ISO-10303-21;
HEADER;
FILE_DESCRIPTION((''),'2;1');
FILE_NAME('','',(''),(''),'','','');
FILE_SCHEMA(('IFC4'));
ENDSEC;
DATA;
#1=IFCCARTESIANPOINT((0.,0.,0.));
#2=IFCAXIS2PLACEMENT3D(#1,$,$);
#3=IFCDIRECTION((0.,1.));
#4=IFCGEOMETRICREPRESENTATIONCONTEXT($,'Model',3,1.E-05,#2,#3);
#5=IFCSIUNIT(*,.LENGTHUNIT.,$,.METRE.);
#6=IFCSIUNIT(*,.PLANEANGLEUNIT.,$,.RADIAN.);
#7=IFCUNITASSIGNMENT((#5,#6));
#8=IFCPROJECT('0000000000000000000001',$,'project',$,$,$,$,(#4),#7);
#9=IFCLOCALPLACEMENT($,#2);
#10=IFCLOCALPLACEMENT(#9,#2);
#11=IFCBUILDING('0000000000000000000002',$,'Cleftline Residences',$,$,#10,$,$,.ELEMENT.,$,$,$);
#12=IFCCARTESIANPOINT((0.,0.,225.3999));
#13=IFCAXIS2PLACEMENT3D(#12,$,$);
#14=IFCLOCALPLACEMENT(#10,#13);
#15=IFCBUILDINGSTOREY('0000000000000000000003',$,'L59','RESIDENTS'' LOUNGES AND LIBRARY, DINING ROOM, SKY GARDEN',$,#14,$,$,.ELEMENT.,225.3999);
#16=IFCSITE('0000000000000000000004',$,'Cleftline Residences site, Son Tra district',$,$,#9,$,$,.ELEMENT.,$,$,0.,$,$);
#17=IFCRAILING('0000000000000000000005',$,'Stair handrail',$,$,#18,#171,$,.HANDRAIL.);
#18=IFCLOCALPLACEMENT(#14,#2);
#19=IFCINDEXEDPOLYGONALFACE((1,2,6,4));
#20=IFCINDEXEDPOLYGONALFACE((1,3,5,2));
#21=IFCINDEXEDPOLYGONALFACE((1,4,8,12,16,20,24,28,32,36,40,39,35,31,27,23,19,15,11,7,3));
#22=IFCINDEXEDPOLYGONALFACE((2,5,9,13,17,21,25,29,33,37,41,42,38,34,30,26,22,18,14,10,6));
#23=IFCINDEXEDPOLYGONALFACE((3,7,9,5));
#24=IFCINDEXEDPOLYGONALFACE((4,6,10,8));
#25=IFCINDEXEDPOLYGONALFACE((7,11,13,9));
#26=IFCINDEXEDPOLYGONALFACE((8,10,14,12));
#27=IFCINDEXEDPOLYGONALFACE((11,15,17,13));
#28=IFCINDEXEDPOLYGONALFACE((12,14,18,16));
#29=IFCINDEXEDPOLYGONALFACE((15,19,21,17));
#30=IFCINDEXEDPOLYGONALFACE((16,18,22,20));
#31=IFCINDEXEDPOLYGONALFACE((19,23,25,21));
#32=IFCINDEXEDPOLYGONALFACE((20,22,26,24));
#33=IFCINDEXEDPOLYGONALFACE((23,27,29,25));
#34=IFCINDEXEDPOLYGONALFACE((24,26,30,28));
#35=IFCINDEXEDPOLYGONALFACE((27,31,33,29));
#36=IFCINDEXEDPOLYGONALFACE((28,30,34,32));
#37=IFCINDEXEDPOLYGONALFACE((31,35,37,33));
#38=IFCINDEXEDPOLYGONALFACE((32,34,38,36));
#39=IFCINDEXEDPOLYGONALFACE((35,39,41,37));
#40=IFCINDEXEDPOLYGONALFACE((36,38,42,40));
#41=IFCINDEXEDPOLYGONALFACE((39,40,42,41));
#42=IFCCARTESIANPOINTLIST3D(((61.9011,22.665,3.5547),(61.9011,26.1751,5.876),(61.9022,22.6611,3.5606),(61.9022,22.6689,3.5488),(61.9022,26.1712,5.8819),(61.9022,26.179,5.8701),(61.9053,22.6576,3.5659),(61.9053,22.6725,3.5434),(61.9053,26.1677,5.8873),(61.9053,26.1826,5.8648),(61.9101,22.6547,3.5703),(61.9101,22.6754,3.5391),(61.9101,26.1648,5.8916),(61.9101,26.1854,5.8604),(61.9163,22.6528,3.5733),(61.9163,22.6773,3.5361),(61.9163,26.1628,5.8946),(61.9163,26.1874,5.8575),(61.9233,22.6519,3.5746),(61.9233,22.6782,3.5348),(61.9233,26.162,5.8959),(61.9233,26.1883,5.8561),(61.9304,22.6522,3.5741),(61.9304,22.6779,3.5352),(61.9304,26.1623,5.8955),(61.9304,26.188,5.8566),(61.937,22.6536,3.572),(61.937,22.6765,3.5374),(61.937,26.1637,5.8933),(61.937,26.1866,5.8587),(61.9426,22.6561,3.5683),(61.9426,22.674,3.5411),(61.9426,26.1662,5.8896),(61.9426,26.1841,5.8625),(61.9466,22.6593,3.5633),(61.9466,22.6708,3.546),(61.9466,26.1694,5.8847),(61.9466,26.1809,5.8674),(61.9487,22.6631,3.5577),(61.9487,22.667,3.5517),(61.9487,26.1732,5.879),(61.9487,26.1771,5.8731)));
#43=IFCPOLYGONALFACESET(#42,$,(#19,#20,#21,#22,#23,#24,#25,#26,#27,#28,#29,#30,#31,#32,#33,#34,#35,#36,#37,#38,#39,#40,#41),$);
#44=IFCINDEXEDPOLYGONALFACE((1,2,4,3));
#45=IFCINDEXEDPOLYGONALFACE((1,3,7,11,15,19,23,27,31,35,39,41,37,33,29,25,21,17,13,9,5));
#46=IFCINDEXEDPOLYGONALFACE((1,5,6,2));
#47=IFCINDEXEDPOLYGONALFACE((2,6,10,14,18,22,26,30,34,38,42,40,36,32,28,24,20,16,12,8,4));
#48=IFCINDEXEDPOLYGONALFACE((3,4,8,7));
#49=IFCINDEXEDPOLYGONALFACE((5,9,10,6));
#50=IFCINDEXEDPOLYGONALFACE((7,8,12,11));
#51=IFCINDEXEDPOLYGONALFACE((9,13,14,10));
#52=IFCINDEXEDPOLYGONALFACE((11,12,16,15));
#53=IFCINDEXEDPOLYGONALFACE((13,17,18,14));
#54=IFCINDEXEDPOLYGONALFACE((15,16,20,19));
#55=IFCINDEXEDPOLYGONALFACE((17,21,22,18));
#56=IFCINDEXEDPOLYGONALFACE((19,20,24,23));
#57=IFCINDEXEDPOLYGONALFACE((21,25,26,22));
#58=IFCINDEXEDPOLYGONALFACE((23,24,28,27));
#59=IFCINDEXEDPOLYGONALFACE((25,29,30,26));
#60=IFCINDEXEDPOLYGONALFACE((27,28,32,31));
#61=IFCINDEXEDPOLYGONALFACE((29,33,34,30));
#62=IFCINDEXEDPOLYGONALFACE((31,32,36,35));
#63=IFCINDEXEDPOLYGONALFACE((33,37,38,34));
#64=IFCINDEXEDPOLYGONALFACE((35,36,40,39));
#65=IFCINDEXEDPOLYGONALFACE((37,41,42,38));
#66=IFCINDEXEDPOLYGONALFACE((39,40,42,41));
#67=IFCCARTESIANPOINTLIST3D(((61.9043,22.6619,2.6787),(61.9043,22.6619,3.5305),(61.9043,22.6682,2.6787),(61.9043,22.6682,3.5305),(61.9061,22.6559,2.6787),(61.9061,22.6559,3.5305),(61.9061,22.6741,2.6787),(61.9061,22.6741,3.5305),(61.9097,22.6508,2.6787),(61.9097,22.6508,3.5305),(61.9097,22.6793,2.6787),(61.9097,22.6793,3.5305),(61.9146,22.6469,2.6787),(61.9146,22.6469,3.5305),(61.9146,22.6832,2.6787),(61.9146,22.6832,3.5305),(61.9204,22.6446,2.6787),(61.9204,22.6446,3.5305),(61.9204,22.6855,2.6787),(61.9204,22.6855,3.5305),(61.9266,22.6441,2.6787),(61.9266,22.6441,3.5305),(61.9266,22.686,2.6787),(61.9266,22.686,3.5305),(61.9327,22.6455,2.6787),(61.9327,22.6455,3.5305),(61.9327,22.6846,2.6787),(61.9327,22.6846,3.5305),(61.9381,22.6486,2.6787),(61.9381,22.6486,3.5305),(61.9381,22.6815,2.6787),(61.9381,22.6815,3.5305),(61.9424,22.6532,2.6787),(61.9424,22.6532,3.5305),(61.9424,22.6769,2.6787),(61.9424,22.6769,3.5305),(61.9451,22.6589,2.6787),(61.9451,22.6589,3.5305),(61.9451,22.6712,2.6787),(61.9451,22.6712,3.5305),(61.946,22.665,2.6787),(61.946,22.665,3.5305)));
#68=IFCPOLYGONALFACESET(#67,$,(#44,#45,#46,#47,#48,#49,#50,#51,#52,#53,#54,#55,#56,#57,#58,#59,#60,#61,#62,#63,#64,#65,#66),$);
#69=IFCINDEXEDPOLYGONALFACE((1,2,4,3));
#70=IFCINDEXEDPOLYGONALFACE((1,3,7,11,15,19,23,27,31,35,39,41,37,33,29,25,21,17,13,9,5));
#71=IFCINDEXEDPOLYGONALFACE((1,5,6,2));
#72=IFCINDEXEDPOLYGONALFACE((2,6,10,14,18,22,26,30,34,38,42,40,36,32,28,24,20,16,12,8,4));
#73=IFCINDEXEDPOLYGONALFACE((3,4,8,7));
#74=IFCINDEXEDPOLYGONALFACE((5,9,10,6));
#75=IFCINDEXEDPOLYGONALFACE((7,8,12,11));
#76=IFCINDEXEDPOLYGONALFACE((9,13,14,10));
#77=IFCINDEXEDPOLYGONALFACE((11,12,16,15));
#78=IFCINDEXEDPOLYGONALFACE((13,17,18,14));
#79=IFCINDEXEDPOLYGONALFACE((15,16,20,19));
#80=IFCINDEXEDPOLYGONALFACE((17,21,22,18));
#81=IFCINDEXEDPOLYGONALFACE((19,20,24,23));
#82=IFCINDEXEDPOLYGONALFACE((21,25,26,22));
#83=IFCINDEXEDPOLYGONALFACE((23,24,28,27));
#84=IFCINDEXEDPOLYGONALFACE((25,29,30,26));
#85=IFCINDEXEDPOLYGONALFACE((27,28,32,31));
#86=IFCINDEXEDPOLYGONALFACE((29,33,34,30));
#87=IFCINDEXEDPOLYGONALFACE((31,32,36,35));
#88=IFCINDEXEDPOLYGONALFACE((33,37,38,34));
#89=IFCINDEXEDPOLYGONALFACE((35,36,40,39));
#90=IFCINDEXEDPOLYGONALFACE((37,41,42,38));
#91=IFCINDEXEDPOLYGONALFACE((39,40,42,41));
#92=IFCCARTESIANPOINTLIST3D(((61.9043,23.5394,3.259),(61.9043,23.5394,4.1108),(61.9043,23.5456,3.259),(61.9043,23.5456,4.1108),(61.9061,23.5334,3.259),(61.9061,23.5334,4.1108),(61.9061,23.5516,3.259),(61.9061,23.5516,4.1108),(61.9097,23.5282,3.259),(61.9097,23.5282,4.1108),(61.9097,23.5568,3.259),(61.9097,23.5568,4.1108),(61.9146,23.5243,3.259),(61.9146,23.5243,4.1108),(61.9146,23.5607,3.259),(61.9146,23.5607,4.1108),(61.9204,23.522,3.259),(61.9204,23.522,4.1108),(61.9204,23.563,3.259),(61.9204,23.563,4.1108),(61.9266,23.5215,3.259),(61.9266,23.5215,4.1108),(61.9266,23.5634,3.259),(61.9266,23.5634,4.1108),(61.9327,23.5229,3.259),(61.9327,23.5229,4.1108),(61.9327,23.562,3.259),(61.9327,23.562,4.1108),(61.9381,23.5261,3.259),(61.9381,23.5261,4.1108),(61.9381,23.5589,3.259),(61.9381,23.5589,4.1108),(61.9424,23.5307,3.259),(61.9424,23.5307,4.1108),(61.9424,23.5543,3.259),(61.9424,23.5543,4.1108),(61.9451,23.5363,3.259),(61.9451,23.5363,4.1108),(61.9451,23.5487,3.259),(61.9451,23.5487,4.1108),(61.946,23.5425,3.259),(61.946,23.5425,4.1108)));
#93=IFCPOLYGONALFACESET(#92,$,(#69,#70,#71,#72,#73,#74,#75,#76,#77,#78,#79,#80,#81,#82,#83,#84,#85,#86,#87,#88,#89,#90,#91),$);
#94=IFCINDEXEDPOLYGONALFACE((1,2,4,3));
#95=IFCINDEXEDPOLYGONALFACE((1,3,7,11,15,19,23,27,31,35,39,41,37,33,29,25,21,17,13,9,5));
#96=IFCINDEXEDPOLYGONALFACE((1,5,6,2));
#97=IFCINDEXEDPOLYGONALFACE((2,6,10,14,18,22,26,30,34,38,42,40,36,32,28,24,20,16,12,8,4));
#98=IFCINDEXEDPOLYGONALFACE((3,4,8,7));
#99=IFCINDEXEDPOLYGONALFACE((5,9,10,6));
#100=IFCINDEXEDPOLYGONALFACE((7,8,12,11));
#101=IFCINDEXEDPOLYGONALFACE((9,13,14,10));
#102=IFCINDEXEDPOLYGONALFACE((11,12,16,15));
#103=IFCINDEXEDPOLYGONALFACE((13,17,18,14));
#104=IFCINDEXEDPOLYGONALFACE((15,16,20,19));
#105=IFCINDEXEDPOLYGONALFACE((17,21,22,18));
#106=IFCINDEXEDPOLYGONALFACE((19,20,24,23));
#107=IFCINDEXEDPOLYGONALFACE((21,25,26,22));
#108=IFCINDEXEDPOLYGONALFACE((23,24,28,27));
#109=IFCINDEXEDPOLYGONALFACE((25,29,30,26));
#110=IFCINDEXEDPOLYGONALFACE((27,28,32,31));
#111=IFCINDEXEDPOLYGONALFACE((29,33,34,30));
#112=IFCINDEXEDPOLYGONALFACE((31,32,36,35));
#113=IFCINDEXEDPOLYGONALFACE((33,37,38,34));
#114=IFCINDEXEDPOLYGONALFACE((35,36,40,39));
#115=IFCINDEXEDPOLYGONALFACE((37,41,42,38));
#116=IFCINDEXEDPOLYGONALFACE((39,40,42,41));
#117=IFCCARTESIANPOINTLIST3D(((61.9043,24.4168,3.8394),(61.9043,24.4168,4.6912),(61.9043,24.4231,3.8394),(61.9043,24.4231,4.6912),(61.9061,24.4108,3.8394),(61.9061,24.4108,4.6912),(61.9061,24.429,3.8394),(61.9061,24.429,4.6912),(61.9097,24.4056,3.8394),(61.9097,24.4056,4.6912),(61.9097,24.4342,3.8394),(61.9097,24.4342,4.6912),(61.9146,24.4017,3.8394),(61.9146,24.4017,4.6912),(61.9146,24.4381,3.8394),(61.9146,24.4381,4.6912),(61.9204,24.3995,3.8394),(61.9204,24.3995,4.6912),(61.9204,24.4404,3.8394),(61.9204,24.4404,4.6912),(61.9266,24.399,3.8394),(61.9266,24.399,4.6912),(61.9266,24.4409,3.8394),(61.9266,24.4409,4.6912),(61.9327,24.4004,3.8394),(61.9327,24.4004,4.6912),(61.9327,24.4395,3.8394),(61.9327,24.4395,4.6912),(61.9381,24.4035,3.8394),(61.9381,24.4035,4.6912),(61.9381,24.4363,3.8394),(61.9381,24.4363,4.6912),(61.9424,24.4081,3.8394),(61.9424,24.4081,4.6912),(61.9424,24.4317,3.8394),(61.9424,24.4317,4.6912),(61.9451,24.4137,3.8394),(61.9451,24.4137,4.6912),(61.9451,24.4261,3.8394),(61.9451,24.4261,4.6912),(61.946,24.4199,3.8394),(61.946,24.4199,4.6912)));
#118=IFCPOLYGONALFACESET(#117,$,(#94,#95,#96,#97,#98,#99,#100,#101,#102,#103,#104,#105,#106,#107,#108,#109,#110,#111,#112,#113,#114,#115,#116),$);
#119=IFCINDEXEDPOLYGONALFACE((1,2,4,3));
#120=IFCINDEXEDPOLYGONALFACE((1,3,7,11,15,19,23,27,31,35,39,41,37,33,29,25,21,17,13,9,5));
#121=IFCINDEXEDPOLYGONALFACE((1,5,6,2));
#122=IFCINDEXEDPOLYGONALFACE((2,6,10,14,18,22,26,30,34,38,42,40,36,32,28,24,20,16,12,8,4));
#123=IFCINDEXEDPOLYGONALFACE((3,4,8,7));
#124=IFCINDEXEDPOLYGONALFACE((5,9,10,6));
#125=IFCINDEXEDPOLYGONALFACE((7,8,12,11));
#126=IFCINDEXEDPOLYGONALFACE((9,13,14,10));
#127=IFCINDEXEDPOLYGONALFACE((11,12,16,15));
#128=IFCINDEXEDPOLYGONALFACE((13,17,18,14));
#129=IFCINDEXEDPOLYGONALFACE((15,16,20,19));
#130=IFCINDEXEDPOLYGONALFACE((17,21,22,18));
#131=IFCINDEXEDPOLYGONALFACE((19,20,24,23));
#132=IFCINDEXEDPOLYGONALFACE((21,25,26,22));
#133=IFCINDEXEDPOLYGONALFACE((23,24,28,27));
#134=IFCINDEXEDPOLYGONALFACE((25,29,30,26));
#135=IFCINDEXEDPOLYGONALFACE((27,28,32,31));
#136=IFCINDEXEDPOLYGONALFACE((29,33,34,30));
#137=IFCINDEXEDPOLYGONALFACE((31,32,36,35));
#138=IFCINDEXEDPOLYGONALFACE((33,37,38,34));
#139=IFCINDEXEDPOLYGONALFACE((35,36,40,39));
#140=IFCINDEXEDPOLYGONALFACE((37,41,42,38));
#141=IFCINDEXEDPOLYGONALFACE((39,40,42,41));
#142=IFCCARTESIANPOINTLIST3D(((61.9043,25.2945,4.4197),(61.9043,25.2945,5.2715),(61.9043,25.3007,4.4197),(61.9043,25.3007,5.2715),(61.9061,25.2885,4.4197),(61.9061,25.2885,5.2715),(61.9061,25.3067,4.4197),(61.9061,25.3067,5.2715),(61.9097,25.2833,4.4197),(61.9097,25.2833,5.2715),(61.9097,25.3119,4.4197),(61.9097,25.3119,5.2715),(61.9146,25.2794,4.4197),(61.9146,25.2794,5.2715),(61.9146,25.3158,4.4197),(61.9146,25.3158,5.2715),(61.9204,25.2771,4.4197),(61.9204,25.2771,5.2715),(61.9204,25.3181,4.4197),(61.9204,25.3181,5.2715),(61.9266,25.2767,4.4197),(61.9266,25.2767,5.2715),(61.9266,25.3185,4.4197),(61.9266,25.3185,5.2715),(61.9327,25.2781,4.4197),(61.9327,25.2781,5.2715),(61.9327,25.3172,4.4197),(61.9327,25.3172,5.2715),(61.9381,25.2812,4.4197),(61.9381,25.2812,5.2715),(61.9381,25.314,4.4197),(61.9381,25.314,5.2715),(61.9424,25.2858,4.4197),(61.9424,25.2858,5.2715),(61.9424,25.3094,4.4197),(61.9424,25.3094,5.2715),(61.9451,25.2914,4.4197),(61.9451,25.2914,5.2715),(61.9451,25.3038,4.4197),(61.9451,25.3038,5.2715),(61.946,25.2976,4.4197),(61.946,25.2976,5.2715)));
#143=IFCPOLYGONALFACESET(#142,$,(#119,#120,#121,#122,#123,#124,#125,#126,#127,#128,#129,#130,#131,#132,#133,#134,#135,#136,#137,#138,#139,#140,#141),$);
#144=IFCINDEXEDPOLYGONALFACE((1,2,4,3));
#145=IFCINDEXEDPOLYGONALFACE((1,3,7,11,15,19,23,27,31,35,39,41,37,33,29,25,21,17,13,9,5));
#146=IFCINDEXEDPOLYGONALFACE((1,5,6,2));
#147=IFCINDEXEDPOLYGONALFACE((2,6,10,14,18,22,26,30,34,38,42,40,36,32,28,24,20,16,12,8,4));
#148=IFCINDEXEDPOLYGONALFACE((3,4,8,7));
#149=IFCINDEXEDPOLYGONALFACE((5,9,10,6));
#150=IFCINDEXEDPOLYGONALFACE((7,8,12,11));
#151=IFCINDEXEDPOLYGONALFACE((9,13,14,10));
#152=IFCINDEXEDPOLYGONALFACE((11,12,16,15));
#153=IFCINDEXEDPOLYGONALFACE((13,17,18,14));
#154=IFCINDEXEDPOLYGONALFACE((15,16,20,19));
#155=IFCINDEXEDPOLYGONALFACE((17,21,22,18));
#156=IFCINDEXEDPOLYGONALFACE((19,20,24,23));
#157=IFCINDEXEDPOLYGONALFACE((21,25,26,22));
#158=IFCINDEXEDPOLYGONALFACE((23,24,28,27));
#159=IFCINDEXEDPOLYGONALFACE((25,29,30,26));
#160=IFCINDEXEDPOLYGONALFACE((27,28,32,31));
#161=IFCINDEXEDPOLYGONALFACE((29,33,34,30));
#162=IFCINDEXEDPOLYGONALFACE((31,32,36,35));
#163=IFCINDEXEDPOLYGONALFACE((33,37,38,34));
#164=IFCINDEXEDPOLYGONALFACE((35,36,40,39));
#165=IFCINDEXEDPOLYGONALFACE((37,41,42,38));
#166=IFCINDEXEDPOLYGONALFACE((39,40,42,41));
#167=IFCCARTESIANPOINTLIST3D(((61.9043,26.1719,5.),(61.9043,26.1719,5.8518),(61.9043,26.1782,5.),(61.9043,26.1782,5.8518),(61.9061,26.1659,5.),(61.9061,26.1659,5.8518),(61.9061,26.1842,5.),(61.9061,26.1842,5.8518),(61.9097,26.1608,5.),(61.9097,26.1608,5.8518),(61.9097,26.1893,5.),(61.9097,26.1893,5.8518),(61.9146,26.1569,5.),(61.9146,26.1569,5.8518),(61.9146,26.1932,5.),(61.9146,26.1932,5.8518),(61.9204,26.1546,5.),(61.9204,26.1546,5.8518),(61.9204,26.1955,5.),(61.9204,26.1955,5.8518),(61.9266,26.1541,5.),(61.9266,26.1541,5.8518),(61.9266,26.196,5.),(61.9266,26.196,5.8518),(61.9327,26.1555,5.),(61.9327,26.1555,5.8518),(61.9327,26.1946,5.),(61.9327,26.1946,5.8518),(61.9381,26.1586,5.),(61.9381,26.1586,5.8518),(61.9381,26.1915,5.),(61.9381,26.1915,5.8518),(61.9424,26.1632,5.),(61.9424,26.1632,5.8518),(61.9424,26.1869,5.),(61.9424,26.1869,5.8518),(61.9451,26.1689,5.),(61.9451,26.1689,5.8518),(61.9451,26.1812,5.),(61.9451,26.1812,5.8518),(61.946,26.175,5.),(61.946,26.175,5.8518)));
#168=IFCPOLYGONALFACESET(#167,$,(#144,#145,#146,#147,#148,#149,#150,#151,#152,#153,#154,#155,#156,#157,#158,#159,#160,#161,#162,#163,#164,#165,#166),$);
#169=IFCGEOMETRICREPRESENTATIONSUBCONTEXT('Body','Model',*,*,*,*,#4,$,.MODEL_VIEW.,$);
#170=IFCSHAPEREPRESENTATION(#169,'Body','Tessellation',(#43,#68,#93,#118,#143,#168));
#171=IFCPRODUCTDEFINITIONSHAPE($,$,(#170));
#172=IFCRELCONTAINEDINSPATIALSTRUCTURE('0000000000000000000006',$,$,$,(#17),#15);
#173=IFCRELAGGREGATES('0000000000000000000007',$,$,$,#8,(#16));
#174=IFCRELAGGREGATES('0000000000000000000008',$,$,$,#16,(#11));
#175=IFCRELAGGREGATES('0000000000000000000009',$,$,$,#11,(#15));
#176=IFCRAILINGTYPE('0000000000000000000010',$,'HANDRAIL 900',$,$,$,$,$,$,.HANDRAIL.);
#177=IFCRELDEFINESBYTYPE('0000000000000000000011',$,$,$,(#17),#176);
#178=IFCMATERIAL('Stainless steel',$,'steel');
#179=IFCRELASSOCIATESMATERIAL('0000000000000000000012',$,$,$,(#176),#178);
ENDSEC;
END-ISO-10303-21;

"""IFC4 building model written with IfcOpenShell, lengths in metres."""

from ifc_helpers import new_model, si_unit, direction, frame, origin, origin_2d, place, context, subcontext, project, spatial, circle, extrude, material, type_object, element, save


model = new_model("IFC4")

# Units and contexts
model_context = context("Model", 3, precision=1e-05, world=origin(), true_north=direction((0.0, 1.0)))
body_context = subcontext(model_context, "Body", "Model", "MODEL_VIEW")
ifc_project = project(units=[si_unit("LENGTHUNIT", "METRE"), si_unit("PLANEANGLEUNIT", "RADIAN")], contexts=[model_context])

# Site, building, storey
site_placement = place(None, origin())
site = spatial("IfcSite", under=ifc_project, at=site_placement, Name="Cleftline Residences site, Son Tra district", CompositionType="ELEMENT", RefElevation=0.0)
building_placement = place(site_placement, origin())
building = spatial("IfcBuilding", under=site, at=building_placement, Name="Cleftline Residences", CompositionType="ELEMENT")
storey_placement = place(building_placement, frame((0.0, 0.0, 225.3999)))
storey = spatial("IfcBuildingStorey", under=building, at=storey_placement, Name="L59", Description="RESIDENTS' LOUNGES AND LIBRARY, DINING ROOM, SKY GARDEN", CompositionType="ELEMENT", Elevation=225.3999)

# Railing
ifc_material_1 = material(Name="Stainless steel", Category="steel")
railing_type = type_object("IfcRailingType", Name="HANDRAIL 900", PredefinedType="HANDRAIL", material=ifc_material_1)
railing_placement = place(storey_placement, frame((61.925, 22.665, 2.6787)))
element("IfcRailing", 1, at=railing_placement, inside=storey, type_object=railing_type, Name="Stair handrail", PredefinedType="HANDRAIL", context=body_context, shape_type="SweptSolid", body=[
    extrude(circle(Radius=0.0239, at=origin_2d()), frame((0.0, 0.0, 0.876), z_axis=(0.0, 0.834097, 0.551617), x_axis=(-1.0, 0.0, 0.0)), (0.0, 0.0, 1.0), 4.2083),
    extrude(circle(Radius=0.021, at=origin_2d()), origin(), (0.0, 0.0, 1.0), 0.8518),
    extrude(circle(Radius=0.021, at=origin_2d()), frame((0.0, 0.8774, 0.5803)), (0.0, 0.0, 1.0), 0.8518),
    extrude(circle(Radius=0.021, at=origin_2d()), frame((0.0, 1.7549, 1.1606)), (0.0, 0.0, 1.0), 0.8518),
    extrude(circle(Radius=0.021, at=origin_2d()), frame((0.0, 2.6326, 1.741)), (0.0, 0.0, 1.0), 0.8518),
    extrude(circle(Radius=0.021, at=origin_2d()), frame((0.0, 3.51, 2.3213)), (0.0, 0.0, 1.0), 0.8518),
])

save(model, "model.ifc")
